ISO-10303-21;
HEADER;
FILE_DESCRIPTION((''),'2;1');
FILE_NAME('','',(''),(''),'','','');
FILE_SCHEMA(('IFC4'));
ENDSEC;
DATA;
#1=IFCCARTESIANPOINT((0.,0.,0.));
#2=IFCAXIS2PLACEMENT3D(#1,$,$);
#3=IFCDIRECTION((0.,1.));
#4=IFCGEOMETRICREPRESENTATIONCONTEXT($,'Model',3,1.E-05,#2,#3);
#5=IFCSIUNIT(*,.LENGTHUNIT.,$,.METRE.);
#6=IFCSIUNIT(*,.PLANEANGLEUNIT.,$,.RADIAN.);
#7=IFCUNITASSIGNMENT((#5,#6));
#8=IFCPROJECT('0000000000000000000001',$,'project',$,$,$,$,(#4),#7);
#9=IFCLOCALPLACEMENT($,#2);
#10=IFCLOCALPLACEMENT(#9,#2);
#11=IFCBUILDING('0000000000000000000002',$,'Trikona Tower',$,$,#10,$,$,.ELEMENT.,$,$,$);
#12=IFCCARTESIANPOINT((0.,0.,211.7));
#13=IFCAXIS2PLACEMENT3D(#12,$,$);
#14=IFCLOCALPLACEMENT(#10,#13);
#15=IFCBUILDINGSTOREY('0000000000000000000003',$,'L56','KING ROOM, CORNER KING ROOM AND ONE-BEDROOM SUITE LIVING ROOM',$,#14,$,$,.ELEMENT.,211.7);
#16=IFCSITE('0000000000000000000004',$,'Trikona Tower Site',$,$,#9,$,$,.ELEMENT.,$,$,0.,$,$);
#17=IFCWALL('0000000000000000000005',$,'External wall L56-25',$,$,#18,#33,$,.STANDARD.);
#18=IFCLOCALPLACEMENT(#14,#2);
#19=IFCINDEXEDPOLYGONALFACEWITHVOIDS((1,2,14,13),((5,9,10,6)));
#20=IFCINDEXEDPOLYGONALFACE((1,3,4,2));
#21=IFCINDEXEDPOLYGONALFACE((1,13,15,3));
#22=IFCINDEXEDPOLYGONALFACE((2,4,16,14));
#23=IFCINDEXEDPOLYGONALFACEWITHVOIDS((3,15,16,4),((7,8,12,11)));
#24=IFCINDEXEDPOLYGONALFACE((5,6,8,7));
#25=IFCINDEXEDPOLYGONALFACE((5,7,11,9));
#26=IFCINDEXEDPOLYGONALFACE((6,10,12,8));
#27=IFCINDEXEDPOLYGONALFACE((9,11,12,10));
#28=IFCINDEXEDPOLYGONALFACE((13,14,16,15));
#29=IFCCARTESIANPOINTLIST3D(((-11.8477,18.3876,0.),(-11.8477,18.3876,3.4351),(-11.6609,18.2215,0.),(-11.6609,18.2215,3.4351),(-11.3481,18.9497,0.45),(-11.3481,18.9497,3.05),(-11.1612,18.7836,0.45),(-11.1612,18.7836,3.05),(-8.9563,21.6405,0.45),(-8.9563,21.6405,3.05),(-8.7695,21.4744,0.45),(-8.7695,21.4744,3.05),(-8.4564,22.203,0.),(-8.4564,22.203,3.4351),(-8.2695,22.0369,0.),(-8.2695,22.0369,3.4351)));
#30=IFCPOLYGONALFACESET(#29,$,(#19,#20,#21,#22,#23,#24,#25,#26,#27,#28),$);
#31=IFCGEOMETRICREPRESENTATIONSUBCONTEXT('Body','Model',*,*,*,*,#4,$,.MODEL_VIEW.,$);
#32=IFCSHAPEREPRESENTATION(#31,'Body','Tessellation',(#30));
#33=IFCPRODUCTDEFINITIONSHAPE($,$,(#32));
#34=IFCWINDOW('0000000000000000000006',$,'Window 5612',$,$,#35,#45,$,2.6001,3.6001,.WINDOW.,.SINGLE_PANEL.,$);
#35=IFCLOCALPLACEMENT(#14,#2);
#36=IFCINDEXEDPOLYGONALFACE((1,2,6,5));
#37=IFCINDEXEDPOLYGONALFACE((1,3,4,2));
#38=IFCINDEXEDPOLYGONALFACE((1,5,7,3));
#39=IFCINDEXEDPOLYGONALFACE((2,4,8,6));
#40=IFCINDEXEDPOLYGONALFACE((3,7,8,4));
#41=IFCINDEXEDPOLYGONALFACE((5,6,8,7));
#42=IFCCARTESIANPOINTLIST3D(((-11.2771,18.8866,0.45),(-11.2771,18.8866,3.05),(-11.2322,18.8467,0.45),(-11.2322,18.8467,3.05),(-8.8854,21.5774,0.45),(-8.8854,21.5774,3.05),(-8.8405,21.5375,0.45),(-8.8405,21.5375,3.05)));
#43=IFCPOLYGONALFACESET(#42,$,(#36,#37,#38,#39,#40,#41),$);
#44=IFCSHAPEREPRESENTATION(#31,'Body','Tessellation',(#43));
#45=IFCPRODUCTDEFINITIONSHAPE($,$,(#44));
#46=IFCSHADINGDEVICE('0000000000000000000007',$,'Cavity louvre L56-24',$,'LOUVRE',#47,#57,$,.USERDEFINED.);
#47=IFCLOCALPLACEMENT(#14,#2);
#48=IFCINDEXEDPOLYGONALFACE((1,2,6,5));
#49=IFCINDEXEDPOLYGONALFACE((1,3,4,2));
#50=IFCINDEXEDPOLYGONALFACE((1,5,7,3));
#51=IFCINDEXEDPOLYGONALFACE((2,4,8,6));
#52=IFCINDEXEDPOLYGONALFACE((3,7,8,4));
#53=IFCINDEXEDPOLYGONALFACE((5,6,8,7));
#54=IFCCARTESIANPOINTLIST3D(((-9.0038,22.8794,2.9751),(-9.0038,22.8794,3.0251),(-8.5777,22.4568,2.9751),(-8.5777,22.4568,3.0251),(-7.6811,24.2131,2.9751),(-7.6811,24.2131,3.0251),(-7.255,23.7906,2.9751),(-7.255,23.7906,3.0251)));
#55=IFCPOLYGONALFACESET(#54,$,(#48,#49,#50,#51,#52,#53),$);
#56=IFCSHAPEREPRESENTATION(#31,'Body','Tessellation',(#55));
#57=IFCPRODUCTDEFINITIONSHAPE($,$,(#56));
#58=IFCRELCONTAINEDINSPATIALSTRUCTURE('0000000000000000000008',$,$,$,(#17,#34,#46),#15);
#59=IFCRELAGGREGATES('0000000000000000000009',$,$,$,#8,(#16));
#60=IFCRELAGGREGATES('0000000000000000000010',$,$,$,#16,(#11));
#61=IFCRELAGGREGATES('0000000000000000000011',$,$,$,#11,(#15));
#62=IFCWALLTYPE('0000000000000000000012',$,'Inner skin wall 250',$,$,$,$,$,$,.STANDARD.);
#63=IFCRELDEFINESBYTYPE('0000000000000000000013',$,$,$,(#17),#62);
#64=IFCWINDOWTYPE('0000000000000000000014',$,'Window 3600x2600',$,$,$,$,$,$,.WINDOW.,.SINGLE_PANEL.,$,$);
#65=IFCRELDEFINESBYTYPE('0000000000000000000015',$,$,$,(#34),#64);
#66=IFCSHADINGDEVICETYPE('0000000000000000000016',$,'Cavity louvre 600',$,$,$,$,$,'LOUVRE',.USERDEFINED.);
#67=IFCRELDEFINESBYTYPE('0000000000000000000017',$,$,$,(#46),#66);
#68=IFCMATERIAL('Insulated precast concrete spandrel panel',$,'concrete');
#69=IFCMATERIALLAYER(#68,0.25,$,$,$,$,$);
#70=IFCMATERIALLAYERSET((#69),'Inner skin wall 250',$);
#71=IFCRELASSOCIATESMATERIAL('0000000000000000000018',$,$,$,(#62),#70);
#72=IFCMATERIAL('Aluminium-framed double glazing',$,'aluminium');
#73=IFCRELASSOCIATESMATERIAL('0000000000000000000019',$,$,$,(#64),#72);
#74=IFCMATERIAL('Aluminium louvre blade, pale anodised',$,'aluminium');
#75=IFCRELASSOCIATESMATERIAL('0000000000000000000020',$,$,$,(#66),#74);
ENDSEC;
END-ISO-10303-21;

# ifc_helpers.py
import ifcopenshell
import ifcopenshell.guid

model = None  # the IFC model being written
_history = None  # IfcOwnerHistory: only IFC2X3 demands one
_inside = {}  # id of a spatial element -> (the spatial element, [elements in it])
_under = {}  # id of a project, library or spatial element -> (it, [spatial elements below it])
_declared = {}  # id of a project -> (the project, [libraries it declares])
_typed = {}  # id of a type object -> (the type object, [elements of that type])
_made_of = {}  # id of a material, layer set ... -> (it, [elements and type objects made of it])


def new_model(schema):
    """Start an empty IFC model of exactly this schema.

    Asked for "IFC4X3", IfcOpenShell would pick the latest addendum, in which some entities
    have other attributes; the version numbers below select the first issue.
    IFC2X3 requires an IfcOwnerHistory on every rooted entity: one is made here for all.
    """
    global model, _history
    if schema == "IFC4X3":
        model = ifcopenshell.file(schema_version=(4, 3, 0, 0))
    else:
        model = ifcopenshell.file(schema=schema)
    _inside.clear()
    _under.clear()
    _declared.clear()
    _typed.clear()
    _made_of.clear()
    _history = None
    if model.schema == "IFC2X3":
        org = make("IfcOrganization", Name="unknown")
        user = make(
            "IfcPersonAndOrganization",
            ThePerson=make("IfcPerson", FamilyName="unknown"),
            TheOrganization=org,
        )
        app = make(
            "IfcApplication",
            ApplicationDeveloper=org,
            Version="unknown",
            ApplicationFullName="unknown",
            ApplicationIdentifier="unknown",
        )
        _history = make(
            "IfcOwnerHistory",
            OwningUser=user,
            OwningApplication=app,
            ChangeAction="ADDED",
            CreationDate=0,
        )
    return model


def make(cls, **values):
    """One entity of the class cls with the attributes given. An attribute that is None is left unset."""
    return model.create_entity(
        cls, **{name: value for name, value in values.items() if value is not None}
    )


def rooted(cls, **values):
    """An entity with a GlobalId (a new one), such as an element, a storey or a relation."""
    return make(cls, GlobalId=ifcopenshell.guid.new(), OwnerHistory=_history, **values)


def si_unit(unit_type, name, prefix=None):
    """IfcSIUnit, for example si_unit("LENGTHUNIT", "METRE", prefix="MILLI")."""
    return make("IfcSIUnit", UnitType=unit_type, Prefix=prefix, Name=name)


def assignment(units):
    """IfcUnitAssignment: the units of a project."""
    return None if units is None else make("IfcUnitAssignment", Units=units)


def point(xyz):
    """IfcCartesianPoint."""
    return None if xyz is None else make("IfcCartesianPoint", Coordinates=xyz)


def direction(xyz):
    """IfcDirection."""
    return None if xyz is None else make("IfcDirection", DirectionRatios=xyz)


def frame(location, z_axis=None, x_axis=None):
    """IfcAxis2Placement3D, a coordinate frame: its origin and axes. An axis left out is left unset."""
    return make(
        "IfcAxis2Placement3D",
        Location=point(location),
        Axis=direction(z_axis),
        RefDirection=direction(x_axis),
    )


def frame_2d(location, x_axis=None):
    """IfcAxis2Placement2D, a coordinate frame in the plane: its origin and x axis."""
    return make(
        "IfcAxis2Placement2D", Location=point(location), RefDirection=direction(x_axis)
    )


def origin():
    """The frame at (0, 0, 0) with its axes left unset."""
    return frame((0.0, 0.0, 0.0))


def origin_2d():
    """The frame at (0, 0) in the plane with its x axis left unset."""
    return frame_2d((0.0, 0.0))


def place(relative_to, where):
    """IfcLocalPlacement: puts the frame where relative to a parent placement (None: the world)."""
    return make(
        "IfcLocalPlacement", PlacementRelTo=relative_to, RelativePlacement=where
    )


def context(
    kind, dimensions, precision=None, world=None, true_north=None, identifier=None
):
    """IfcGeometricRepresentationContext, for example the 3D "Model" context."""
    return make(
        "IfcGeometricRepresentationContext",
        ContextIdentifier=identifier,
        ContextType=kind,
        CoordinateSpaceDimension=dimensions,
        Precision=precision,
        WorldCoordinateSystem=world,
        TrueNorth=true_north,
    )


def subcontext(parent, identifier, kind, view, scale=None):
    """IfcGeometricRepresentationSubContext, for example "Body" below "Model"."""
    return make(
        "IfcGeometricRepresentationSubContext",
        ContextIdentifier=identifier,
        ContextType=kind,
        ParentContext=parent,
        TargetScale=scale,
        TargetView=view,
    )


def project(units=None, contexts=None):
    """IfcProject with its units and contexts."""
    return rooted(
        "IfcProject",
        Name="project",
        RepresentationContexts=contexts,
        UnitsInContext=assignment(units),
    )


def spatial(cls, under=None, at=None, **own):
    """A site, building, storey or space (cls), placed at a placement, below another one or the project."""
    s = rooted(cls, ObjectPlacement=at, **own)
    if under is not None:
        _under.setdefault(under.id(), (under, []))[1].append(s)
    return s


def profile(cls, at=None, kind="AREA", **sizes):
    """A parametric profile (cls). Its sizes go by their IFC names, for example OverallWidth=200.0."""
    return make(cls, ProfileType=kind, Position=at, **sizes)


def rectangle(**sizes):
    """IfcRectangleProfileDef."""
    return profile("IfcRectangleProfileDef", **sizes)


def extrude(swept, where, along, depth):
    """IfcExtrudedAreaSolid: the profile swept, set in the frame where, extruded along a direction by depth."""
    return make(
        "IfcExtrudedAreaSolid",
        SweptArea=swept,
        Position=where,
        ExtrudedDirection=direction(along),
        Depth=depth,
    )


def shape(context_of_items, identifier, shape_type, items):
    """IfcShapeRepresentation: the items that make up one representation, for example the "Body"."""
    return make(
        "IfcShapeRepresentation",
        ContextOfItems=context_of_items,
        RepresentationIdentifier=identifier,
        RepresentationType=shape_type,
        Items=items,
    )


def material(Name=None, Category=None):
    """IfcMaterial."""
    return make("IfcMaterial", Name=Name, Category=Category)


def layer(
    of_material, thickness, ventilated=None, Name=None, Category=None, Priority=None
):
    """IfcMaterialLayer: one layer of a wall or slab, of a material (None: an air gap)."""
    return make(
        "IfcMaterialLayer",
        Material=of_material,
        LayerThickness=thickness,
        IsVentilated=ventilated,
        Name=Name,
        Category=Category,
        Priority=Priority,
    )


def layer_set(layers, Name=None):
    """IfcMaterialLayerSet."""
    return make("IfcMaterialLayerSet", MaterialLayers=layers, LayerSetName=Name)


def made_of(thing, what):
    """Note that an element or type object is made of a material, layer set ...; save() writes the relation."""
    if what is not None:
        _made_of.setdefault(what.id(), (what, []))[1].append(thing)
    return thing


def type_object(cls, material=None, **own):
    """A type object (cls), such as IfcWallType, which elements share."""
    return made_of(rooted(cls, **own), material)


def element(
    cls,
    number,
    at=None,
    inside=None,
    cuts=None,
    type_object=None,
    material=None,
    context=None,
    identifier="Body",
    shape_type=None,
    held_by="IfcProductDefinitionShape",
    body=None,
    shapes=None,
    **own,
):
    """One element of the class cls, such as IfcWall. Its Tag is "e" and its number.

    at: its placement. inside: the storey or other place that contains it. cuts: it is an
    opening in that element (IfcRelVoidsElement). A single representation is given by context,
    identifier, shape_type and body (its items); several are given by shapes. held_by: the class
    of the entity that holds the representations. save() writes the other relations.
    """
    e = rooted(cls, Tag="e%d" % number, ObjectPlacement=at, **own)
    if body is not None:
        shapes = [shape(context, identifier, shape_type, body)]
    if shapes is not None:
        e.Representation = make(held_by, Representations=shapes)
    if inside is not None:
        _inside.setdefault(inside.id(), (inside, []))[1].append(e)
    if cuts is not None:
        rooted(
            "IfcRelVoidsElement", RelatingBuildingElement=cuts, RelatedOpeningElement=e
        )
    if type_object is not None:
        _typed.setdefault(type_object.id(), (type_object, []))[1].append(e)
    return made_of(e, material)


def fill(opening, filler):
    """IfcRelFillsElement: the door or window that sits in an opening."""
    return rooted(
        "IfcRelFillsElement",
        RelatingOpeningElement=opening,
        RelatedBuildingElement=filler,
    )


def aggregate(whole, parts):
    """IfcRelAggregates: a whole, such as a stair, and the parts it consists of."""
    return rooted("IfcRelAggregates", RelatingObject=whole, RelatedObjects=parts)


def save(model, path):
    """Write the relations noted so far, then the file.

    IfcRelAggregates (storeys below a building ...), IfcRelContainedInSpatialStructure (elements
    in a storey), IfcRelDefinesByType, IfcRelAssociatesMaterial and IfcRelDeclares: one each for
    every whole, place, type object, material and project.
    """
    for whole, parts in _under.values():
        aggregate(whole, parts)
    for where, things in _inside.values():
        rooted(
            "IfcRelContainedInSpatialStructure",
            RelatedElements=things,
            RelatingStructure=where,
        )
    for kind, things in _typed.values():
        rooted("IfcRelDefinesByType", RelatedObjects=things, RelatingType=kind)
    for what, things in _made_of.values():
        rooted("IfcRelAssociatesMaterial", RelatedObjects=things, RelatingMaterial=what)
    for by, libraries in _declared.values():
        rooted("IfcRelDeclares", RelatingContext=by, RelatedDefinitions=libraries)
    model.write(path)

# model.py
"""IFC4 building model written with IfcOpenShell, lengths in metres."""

from ifc_helpers import new_model, si_unit, direction, frame, frame_2d, origin, origin_2d, place, context, subcontext, project, spatial, rectangle, extrude, material, layer, layer_set, type_object, element, fill, save


model = new_model("IFC4")

# Units and contexts
model_context = context("Model", 3, precision=1e-05, world=origin(), true_north=direction((0.0, 1.0)))
body_context = subcontext(model_context, "Body", "Model", "MODEL_VIEW")
ifc_project = project(units=[si_unit("LENGTHUNIT", "METRE"), si_unit("PLANEANGLEUNIT", "RADIAN")], contexts=[model_context])

# Site, building, storey
site_placement = place(None, origin())
site = spatial("IfcSite", under=ifc_project, at=site_placement, Name="Trikona Tower Site", CompositionType="ELEMENT", RefElevation=0.0)
building_placement = place(site_placement, origin())
building = spatial("IfcBuilding", under=site, at=building_placement, Name="Trikona Tower", CompositionType="ELEMENT")
storey_placement = place(building_placement, frame((0.0, 0.0, 211.7)))
storey = spatial("IfcBuildingStorey", under=building, at=storey_placement, Name="L56", Description="KING ROOM, CORNER KING ROOM AND ONE-BEDROOM SUITE LIVING ROOM", CompositionType="ELEMENT", Elevation=211.7)

# Shared definitions
ifc_material_1 = material(Name="Insulated precast concrete spandrel panel", Category="concrete")
ifc_layer_1 = layer(ifc_material_1, 0.25)
ifc_layer_set_1 = layer_set([ifc_layer_1], Name="Inner skin wall 250")
wall_type_1 = type_object("IfcWallType", Name="Inner skin wall 250", PredefinedType="STANDARD", material=ifc_layer_set_1)

# Wall, opening, window
wall_1_placement = place(storey_placement, frame((-8.363, 22.1199, 0.0), z_axis=(0.0, 0.0, 1.0), x_axis=(-0.664349, -0.747423, 0.0)))
wall_1 = element("IfcWall", 1, at=wall_1_placement, inside=storey, type_object=wall_type_1, Name="External wall L56-25", PredefinedType="STANDARD", context=body_context, shape_type="SweptSolid", body=[
    extrude(rectangle(XDim=5.1047, YDim=0.25, at=frame_2d((2.5522, 0.0))), origin(), (0.0, 0.0, 1.0), 3.4351),
])
opening_1_placement = place(wall_1_placement, frame((0.7524, 0.0, 0.45)))
opening_1 = element("IfcOpeningElement", 2, at=opening_1_placement, cuts=wall_1, PredefinedType="OPENING", context=body_context, shape_type="SweptSolid", body=[
    extrude(rectangle(XDim=3.6001, YDim=2.6001, at=frame_2d((1.8, 1.3))), frame((0.0, 0.135, 0.0), z_axis=(0.0, -1.0, 0.0), x_axis=(1.0, 0.0, 0.0)), (0.0, 0.0, 1.0), 0.27),
])
ifc_material_2 = material(Name="Aluminium-framed double glazing", Category="aluminium")
window_type_1 = type_object("IfcWindowType", Name="Window 3600x2600", PartitioningType="SINGLE_PANEL", PredefinedType="WINDOW", material=ifc_material_2)
window_1_placement = place(opening_1_placement, origin())
window_1 = element("IfcWindow", 3, at=window_1_placement, inside=storey, type_object=window_type_1, Name="Window 5612", OverallHeight=2.6001, OverallWidth=3.6001, PartitioningType="SINGLE_PANEL", PredefinedType="WINDOW", context=body_context, shape_type="SweptSolid", body=[
    extrude(rectangle(XDim=3.6001, YDim=2.6001, at=frame_2d((1.8, 1.3))), frame((0.0, 0.03, 0.0), z_axis=(0.0, -1.0, 0.0), x_axis=(1.0, 0.0, 0.0)), (0.0, 0.0, 1.0), 0.0601),
])
fill(opening_1, window_1)

# Shading device
ifc_material_3 = material(Name="Aluminium louvre blade, pale anodised", Category="aluminium")
shading_device_type = type_object("IfcShadingDeviceType", Name="Cavity louvre 600", ElementType="LOUVRE", PredefinedType="USERDEFINED", material=ifc_material_3)
shading_device_placement = place(storey_placement, frame((-8.1294, 23.335, 2.9751), z_axis=(0.0, 0.0, 1.0), x_axis=(-0.704151, -0.71005, 0.0)))
element("IfcShadingDevice", 4, at=shading_device_placement, inside=storey, type_object=shading_device_type, Name="Cavity louvre L56-24", ObjectType="LOUVRE", PredefinedType="USERDEFINED", context=body_context, shape_type="SweptSolid", body=[
    extrude(rectangle(XDim=1.8784, YDim=0.6001, at=origin_2d()), origin(), (0.0, 0.0, 1.0), 0.05),
])

save(model, "model.ifc")
